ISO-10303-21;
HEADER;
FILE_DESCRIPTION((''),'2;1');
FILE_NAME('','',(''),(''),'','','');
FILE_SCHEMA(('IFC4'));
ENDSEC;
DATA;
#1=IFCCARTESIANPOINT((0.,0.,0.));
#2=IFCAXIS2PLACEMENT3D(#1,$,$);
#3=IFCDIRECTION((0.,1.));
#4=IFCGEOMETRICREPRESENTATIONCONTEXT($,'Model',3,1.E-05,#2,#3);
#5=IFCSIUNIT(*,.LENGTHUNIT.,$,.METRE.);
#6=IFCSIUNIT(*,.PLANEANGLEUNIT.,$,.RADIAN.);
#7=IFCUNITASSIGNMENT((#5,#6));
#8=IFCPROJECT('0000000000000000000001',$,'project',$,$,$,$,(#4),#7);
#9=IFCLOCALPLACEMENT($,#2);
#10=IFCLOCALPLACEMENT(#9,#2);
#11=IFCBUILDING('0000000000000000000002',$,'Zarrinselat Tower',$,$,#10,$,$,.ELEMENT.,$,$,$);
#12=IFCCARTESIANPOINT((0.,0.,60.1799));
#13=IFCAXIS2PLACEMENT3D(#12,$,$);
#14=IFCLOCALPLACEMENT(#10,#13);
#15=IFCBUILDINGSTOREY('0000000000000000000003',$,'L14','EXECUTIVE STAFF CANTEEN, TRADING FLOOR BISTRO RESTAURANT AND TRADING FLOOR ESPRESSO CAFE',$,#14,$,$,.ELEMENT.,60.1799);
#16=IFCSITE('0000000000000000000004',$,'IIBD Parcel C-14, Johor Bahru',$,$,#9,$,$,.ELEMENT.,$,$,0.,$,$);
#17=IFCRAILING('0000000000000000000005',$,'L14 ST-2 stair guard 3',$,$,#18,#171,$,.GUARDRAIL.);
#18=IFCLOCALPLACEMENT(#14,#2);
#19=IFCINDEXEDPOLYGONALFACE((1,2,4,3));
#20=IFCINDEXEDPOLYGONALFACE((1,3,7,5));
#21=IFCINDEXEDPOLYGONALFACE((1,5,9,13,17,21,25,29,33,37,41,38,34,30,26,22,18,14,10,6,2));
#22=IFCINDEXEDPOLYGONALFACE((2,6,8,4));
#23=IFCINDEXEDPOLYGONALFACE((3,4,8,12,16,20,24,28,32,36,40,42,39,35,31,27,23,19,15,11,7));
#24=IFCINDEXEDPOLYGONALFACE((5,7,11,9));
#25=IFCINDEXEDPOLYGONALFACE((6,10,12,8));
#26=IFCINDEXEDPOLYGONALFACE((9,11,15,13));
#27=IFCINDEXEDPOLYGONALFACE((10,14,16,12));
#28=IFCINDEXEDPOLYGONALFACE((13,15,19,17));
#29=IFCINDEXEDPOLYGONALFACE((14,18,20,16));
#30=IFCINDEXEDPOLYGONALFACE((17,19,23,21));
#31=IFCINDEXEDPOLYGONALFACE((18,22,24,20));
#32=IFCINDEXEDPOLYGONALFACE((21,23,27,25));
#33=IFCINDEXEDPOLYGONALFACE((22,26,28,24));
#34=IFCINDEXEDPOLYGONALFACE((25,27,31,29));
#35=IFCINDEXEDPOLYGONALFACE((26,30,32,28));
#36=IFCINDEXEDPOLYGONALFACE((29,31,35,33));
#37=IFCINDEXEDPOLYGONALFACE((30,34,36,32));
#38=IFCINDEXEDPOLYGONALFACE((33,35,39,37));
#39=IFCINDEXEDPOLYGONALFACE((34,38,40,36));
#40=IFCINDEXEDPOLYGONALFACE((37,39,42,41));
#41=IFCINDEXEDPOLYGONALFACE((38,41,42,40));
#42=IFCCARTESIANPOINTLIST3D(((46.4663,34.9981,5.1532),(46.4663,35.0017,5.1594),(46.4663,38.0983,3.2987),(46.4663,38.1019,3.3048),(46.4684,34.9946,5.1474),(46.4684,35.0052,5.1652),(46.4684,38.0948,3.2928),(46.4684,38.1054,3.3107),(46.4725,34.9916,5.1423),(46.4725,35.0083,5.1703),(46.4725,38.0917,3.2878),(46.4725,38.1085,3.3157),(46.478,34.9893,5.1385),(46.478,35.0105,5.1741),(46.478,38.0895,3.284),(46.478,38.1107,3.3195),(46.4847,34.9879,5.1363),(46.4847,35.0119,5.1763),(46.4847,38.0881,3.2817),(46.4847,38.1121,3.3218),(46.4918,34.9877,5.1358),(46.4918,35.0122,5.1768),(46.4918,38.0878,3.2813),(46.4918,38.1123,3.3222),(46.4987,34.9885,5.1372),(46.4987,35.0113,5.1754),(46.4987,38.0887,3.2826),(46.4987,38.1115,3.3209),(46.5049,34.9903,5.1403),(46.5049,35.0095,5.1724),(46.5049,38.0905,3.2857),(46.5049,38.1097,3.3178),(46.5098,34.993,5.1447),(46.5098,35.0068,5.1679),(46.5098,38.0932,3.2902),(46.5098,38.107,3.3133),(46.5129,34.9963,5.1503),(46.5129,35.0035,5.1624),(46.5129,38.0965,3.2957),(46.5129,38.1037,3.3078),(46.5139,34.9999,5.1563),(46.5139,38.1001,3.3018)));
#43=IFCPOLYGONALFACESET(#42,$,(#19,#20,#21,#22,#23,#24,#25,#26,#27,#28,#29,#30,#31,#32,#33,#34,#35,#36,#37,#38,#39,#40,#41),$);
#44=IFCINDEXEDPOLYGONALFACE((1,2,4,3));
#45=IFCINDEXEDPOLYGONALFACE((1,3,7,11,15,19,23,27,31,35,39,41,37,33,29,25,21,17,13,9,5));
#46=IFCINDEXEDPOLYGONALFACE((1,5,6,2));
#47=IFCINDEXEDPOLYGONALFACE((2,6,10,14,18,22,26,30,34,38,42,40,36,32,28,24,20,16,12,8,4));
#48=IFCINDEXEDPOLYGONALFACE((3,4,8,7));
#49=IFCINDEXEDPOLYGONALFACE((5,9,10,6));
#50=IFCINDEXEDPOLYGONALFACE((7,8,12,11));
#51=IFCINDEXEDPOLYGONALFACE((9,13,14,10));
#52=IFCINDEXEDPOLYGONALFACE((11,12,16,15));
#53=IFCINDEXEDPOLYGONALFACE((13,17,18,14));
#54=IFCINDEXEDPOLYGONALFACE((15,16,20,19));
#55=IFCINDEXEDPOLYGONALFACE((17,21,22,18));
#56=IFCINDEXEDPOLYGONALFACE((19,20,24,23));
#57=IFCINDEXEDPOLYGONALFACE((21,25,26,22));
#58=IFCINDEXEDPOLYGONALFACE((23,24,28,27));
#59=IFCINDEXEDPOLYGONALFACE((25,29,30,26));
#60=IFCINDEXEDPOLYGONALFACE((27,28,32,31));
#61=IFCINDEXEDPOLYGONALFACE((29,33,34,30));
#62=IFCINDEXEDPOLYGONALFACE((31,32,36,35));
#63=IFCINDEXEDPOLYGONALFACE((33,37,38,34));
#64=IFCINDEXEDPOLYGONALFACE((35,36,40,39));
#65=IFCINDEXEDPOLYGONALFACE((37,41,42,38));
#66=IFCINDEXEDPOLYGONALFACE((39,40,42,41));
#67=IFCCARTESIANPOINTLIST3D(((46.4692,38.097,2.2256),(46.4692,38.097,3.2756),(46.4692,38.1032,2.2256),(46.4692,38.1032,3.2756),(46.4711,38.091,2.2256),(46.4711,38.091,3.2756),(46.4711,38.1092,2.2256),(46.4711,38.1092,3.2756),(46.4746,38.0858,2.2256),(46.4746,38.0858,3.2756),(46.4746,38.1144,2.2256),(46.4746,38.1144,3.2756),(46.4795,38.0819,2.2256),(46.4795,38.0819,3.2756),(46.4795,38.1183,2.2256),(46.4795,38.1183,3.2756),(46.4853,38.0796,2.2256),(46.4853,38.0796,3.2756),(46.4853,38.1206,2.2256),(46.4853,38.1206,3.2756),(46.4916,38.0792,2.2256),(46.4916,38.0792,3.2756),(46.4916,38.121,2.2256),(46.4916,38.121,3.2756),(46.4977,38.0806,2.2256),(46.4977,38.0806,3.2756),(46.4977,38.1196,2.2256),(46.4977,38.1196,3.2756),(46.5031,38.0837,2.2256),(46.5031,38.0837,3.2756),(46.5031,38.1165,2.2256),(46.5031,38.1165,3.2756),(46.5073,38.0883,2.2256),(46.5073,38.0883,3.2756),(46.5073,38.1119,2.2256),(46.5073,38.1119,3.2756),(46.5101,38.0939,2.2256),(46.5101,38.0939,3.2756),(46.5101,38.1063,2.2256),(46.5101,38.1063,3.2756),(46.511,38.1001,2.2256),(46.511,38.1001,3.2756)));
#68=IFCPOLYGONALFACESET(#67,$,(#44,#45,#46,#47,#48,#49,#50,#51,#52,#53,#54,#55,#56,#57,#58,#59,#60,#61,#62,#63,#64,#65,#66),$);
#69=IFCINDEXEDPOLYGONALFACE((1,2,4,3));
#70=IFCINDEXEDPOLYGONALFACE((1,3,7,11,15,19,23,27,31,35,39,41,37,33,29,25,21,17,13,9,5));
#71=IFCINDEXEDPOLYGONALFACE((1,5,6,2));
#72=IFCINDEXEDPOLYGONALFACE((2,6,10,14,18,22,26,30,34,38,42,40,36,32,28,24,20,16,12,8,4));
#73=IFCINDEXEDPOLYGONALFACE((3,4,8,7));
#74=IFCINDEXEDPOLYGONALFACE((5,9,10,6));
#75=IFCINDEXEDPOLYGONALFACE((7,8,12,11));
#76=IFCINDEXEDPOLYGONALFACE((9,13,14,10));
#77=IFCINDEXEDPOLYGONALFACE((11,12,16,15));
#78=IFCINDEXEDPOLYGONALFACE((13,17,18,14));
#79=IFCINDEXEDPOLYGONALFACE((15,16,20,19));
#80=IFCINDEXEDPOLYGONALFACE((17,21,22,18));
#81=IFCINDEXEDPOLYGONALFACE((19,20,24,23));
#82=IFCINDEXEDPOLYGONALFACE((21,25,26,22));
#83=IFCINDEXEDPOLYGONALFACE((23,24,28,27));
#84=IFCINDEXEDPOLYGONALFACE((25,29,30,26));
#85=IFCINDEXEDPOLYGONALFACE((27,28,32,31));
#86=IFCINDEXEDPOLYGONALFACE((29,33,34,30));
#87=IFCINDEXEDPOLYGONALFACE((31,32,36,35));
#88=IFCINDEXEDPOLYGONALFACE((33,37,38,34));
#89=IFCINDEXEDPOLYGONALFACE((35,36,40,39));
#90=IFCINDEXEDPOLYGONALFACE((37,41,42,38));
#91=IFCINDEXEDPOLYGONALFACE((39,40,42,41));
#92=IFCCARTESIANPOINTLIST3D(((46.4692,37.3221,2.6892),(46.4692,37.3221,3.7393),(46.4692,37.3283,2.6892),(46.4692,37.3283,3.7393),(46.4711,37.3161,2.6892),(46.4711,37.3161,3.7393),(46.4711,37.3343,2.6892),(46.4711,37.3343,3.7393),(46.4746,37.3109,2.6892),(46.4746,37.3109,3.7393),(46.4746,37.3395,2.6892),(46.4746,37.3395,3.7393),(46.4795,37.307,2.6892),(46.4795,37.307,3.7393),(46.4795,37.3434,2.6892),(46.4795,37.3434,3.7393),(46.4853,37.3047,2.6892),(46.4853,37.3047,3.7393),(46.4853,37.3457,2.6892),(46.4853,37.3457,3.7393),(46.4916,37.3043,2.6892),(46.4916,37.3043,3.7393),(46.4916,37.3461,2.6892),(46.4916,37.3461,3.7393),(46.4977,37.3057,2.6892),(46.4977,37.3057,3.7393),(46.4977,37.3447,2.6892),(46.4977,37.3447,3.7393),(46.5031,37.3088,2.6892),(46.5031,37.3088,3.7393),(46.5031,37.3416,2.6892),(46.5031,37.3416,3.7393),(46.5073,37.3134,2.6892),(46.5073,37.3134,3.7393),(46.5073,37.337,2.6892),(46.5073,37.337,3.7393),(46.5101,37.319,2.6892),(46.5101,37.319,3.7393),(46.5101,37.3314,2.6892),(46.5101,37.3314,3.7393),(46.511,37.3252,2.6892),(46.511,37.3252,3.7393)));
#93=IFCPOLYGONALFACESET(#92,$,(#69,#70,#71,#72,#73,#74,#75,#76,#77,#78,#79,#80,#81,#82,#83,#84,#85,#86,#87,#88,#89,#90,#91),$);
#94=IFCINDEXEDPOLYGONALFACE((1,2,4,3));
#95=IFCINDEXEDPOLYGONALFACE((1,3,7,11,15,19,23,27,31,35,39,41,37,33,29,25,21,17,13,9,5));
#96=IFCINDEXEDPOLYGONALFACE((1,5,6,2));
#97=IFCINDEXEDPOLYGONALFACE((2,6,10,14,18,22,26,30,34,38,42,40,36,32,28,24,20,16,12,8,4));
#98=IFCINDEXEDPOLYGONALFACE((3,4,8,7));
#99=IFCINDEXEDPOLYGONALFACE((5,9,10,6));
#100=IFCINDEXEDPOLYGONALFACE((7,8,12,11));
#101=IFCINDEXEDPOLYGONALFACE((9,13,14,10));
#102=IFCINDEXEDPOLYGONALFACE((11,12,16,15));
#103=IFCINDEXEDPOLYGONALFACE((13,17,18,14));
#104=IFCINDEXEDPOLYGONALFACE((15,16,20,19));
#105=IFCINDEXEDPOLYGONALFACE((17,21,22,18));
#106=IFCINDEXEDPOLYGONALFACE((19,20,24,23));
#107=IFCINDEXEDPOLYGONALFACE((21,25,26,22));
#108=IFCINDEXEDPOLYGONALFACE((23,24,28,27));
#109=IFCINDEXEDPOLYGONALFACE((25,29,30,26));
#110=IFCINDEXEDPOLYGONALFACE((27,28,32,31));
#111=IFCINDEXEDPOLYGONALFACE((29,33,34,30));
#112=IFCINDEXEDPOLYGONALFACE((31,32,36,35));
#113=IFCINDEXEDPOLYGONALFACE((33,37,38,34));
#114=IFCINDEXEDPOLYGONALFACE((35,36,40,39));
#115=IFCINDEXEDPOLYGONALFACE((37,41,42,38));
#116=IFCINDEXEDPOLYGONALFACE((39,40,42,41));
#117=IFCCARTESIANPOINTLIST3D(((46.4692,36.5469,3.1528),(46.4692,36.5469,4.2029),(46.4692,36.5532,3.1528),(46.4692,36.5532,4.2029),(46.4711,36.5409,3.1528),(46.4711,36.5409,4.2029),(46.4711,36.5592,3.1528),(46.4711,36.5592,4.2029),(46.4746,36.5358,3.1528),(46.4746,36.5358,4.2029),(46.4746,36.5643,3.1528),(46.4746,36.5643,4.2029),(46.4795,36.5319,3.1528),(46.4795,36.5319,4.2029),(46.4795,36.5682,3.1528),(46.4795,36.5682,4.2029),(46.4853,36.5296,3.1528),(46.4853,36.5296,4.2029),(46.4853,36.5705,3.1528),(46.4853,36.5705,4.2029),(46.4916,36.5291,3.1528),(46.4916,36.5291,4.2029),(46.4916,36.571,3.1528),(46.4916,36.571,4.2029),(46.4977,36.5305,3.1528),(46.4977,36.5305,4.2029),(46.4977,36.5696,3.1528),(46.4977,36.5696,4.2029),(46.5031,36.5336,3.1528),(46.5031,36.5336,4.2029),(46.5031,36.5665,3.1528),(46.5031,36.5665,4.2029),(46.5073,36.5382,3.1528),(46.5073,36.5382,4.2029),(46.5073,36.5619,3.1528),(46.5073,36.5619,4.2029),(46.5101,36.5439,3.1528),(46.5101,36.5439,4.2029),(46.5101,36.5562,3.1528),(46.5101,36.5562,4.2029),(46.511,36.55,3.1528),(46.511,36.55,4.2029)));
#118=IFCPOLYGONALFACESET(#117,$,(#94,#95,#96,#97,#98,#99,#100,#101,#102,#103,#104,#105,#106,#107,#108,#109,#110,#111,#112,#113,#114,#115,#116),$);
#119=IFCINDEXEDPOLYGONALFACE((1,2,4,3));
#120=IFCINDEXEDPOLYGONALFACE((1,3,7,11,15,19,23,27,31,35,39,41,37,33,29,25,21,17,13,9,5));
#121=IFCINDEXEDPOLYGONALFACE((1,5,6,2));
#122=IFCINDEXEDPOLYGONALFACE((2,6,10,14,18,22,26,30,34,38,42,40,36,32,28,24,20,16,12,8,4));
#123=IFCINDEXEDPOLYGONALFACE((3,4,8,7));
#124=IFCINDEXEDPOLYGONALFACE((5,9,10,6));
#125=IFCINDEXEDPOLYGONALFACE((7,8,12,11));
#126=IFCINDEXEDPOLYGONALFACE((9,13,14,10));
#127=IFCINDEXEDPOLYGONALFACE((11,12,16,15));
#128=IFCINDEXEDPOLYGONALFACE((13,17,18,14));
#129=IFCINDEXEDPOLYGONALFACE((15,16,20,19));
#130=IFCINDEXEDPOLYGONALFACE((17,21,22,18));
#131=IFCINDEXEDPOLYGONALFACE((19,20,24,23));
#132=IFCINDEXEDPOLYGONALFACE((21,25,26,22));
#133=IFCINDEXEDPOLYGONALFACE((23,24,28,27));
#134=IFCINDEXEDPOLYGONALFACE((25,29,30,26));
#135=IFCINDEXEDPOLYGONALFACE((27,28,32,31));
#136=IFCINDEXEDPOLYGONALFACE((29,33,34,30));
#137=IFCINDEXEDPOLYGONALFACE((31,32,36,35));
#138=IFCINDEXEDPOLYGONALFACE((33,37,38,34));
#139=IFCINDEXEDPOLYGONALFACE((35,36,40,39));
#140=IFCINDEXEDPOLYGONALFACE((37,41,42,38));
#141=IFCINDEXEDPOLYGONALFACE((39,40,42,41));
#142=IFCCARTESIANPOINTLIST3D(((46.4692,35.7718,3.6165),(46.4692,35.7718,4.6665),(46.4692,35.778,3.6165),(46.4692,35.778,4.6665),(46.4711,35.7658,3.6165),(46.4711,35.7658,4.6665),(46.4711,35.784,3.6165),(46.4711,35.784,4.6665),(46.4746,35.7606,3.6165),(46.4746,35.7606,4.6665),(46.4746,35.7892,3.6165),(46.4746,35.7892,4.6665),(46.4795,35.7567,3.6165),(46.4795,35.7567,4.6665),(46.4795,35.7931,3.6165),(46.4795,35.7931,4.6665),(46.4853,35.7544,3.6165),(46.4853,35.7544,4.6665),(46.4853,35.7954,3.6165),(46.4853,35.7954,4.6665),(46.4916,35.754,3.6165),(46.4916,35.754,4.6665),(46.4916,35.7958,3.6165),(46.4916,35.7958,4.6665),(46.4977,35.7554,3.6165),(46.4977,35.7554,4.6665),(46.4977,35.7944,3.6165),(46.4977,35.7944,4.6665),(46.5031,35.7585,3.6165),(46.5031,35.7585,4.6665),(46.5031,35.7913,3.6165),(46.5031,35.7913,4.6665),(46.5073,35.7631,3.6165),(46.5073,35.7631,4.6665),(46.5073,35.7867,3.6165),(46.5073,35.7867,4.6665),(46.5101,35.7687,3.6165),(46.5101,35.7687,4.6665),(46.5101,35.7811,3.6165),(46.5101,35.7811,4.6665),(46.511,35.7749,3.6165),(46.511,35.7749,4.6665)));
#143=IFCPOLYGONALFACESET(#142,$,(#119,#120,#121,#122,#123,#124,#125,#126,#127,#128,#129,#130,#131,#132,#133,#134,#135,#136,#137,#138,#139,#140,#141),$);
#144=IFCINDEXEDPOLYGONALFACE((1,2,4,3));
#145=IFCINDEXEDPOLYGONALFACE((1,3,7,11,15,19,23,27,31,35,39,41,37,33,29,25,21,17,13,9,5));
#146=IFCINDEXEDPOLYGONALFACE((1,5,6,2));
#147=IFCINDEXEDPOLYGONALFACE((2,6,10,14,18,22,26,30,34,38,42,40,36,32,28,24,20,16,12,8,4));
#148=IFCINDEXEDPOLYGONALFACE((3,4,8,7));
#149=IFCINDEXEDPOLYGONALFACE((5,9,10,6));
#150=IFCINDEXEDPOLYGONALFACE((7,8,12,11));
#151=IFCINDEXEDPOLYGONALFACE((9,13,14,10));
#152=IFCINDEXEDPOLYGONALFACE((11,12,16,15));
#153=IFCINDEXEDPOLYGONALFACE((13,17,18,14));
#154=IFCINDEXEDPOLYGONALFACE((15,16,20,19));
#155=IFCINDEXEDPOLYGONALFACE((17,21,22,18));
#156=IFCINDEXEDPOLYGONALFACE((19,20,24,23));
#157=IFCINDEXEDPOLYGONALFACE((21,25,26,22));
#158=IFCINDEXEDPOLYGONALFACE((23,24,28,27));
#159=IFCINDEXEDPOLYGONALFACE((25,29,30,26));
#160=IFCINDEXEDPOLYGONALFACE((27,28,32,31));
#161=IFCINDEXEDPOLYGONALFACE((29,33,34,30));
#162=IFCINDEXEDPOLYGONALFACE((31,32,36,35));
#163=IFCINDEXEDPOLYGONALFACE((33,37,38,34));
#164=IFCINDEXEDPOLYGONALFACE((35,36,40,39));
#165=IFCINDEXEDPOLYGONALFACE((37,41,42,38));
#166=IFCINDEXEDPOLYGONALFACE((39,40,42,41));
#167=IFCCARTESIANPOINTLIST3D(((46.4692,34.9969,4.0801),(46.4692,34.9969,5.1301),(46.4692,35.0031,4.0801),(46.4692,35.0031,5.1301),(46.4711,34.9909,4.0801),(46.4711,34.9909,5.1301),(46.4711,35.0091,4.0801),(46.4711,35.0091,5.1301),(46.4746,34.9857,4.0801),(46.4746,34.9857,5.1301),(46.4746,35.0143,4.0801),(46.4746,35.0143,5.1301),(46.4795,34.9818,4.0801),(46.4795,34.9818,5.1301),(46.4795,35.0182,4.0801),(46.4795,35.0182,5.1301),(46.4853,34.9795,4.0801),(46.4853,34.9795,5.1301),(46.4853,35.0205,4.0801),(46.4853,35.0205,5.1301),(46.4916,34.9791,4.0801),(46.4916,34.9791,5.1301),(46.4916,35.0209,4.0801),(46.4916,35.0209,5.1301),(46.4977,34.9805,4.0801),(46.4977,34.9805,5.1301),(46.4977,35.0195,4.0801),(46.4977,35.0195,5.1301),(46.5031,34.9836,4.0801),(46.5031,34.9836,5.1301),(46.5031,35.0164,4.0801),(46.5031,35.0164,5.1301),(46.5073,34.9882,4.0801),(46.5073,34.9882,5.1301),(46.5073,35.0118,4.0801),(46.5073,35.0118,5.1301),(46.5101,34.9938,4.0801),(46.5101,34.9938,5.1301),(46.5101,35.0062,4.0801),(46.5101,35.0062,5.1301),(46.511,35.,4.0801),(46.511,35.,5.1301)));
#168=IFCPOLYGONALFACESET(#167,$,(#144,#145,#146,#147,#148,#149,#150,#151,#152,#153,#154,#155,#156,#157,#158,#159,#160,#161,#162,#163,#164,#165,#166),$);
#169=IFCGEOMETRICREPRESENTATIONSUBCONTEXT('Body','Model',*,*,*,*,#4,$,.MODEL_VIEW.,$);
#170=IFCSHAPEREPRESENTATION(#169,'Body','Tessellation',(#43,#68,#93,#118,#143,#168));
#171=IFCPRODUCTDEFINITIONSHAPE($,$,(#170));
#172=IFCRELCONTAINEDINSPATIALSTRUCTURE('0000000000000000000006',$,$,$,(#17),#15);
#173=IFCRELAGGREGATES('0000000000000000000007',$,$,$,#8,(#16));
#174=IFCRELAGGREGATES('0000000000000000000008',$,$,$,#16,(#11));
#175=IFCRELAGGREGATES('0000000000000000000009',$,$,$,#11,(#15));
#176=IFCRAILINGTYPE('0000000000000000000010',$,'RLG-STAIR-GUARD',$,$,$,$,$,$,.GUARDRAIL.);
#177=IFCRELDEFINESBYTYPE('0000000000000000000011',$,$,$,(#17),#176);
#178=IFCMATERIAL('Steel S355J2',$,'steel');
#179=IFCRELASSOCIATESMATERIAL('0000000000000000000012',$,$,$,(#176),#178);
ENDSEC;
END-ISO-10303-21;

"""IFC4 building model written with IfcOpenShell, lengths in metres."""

from ifc_helpers import new_model, si_unit, direction, frame, origin, origin_2d, place, context, subcontext, project, spatial, circle, extrude, material, type_object, element, save


model = new_model("IFC4")

# Units and contexts
model_context = context("Model", 3, precision=1e-05, world=origin(), true_north=direction((0.0, 1.0)))
body_context = subcontext(model_context, "Body", "Model", "MODEL_VIEW")
ifc_project = project(units=[si_unit("LENGTHUNIT", "METRE"), si_unit("PLANEANGLEUNIT", "RADIAN")], contexts=[model_context])

# Site, building, storey
site_placement = place(None, origin())
site = spatial("IfcSite", under=ifc_project, at=site_placement, Name="IIBD Parcel C-14, Johor Bahru", CompositionType="ELEMENT", RefElevation=0.0)
building_placement = place(site_placement, origin())
building = spatial("IfcBuilding", under=site, at=building_placement, Name="Zarrinselat Tower", CompositionType="ELEMENT")
storey_placement = place(building_placement, frame((0.0, 0.0, 60.1799)))
storey = spatial("IfcBuildingStorey", under=building, at=storey_placement, Name="L14", Description="EXECUTIVE STAFF CANTEEN, TRADING FLOOR BISTRO RESTAURANT AND TRADING FLOOR ESPRESSO CAFE", CompositionType="ELEMENT", Elevation=60.1799)

# Railing
ifc_material_1 = material(Name="Steel S355J2", Category="steel")
railing_type_1 = type_object("IfcRailingType", Name="RLG-STAIR-GUARD", PredefinedType="GUARDRAIL", material=ifc_material_1)
railing_1_placement = place(storey_placement, frame((46.49, 38.1001, 2.2256)))
element("IfcRailing", 1, at=railing_1_placement, inside=storey, type_object=railing_type_1, Name="L14 ST-2 stair guard 3", PredefinedType="GUARDRAIL", context=body_context, shape_type="SweptSolid", body=[
    extrude(circle(Radius=0.0239, at=origin_2d()), frame((0.0, 0.0, 1.0762), z_axis=(0.0, -0.858172, 0.513362), x_axis=(1.0, 0.0, 0.0)), (0.0, 0.0, 1.0), 3.6125),
    extrude(circle(Radius=0.021, at=origin_2d()), origin(), (0.0, 0.0, 1.0), 1.05),
    extrude(circle(Radius=0.021, at=origin_2d()), frame((0.0, -0.7749, 0.4636)), (0.0, 0.0, 1.0), 1.05),
    extrude(circle(Radius=0.021, at=origin_2d()), frame((0.0, -1.55, 0.9272)), (0.0, 0.0, 1.0), 1.05),
    extrude(circle(Radius=0.021, at=origin_2d()), frame((0.0, -2.3252, 1.3909)), (0.0, 0.0, 1.0), 1.05),
    extrude(circle(Radius=0.021, at=origin_2d()), frame((0.0, -3.1001, 1.8545)), (0.0, 0.0, 1.0), 1.05),
])

save(model, "model.ifc")
